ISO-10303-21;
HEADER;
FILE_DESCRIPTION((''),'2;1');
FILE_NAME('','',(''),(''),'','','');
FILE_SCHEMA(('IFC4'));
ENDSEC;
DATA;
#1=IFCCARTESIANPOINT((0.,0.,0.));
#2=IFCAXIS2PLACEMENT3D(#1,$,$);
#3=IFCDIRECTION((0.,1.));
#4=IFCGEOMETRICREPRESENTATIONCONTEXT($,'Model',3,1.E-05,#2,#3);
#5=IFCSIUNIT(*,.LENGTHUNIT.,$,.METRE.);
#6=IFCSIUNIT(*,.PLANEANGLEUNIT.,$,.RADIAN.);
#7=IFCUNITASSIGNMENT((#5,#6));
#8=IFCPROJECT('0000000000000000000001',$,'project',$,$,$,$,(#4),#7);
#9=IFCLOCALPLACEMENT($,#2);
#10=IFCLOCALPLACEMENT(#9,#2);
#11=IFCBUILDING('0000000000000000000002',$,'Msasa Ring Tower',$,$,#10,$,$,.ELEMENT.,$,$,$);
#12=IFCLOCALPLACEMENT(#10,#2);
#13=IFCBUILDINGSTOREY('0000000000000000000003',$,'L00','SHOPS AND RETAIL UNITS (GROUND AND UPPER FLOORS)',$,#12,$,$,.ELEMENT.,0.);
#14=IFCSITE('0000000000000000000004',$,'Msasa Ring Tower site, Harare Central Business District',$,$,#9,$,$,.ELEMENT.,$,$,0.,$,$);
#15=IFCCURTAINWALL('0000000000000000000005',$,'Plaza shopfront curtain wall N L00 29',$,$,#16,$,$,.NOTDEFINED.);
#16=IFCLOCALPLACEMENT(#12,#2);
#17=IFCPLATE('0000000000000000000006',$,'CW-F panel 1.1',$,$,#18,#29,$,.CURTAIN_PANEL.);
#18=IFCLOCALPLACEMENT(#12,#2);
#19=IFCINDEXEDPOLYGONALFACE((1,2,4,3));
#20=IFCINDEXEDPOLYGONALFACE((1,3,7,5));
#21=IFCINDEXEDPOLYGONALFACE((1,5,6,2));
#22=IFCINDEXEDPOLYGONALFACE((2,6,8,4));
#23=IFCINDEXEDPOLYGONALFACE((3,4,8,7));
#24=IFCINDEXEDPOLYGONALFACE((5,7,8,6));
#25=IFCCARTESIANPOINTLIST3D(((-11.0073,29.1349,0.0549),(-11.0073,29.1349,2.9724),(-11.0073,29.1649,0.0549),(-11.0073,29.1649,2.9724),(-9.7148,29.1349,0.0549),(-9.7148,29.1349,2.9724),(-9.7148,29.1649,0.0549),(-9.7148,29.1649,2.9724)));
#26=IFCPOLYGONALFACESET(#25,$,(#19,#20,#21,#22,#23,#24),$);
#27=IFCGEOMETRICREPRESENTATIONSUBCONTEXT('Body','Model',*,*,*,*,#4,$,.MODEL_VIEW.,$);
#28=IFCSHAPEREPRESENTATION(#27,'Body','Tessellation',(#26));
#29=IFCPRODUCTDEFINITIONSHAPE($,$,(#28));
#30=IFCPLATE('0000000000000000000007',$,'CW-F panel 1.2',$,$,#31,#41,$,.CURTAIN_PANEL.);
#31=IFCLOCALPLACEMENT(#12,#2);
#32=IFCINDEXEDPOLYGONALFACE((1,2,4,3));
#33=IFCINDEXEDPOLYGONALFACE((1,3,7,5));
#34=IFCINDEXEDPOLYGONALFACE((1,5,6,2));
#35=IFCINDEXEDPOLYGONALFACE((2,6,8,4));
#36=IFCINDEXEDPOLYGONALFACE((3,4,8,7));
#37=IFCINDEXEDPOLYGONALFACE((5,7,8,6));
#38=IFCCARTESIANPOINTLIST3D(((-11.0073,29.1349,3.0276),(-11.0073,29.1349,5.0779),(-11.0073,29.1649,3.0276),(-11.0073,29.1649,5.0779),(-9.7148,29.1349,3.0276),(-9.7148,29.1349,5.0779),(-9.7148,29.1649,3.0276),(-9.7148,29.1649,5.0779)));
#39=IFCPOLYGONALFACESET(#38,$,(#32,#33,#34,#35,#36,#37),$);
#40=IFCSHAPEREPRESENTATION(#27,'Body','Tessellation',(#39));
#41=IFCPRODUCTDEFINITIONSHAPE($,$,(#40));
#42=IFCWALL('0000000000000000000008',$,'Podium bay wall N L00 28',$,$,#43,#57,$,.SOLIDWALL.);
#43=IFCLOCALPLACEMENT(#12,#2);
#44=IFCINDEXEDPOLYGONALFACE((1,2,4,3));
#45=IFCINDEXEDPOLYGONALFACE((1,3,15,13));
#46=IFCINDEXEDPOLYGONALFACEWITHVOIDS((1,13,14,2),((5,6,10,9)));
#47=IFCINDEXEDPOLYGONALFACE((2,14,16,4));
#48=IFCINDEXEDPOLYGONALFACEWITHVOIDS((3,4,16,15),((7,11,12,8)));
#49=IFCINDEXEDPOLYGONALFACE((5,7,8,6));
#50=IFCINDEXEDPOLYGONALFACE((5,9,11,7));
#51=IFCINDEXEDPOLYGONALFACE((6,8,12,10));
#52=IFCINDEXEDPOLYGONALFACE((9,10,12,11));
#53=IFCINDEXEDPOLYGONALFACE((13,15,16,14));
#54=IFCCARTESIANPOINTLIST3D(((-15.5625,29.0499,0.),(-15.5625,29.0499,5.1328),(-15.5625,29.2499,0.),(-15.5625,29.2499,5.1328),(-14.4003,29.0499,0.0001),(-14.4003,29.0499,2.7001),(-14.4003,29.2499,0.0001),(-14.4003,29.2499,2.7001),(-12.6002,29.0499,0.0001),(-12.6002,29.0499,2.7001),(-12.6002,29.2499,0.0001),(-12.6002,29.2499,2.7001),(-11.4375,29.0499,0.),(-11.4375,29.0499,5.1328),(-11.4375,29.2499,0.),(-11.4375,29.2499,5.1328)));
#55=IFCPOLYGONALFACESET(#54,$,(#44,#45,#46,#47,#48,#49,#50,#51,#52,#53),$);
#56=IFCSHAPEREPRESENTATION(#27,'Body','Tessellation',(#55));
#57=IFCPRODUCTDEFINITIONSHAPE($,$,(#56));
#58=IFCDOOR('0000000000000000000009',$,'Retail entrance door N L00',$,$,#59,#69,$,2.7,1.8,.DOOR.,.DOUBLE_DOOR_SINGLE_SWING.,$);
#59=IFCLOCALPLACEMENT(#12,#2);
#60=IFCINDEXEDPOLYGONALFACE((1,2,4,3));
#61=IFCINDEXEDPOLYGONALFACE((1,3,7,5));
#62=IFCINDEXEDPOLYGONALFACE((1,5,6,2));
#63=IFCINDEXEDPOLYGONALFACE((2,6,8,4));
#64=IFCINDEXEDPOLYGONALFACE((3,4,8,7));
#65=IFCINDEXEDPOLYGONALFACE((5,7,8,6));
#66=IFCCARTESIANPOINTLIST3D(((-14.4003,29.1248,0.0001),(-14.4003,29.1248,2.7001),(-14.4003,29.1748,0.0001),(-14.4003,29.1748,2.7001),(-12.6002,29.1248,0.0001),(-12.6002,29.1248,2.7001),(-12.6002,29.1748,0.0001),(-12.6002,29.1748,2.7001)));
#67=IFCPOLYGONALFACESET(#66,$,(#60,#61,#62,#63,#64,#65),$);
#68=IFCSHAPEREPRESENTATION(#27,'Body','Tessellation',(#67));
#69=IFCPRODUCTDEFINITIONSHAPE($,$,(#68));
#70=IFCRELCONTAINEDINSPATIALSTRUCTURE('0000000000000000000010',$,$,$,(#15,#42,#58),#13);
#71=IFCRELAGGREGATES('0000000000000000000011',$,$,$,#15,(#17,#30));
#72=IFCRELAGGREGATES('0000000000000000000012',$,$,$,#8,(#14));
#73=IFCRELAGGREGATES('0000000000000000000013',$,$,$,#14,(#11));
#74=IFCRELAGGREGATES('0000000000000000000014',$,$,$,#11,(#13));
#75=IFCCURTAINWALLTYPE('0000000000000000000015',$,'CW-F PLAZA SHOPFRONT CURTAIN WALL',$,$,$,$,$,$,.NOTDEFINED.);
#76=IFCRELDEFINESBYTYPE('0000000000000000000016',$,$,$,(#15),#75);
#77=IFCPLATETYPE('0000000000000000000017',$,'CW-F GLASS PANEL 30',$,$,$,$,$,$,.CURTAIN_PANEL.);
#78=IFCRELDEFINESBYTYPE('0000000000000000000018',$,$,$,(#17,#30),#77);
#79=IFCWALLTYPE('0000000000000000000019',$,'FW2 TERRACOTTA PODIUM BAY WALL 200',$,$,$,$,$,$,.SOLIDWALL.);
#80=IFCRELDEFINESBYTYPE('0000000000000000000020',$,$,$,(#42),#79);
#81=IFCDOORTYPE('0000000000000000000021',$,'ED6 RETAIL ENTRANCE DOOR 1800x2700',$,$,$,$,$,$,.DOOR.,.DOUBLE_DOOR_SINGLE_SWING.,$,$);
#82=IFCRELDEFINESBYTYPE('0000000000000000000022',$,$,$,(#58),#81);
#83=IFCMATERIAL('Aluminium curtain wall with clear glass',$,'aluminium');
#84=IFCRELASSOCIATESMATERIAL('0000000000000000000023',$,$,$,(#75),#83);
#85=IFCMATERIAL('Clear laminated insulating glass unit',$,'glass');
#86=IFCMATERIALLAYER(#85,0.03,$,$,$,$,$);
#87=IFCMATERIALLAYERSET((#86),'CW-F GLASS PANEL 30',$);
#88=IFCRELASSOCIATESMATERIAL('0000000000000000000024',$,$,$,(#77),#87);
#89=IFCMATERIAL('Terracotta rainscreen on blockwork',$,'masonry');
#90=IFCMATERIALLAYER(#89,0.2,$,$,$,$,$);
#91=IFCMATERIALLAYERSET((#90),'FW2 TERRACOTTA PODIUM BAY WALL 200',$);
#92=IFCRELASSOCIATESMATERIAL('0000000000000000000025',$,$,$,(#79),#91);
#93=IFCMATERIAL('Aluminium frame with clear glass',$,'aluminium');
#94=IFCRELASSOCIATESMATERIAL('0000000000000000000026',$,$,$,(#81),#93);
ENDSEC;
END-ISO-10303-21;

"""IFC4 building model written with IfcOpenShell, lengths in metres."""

from ifc_helpers import new_model, si_unit, direction, frame, frame_2d, origin, origin_2d, place, context, subcontext, project, spatial, rectangle, extrude, material, layer, layer_set, type_object, element, fill, aggregate, save


model = new_model("IFC4")

# Units and contexts
model_context = context("Model", 3, precision=1e-05, world=origin(), true_north=direction((0.0, 1.0)))
body_context = subcontext(model_context, "Body", "Model", "MODEL_VIEW")
ifc_project = project(units=[si_unit("LENGTHUNIT", "METRE"), si_unit("PLANEANGLEUNIT", "RADIAN")], contexts=[model_context])

# Site, building, storey
site_placement = place(None, origin())
site = spatial("IfcSite", under=ifc_project, at=site_placement, Name="Msasa Ring Tower site, Harare Central Business District", CompositionType="ELEMENT", RefElevation=0.0)
building_placement = place(site_placement, origin())
building = spatial("IfcBuilding", under=site, at=building_placement, Name="Msasa Ring Tower", CompositionType="ELEMENT")
storey_placement = place(building_placement, origin())
storey = spatial("IfcBuildingStorey", under=building, at=storey_placement, Name="L00", Description="SHOPS AND RETAIL UNITS (GROUND AND UPPER FLOORS)", CompositionType="ELEMENT", Elevation=0.0)

# Curtain wall
ifc_material_1 = material(Name="Aluminium curtain wall with clear glass", Category="aluminium")
curtain_wall_type = type_object("IfcCurtainWallType", Name="CW-F PLAZA SHOPFRONT CURTAIN WALL", PredefinedType="NOTDEFINED", material=ifc_material_1)
curtain_wall_1_placement = place(storey_placement, origin())
curtain_wall_1 = element("IfcCurtainWall", 1, at=curtain_wall_1_placement, inside=storey, type_object=curtain_wall_type, Name="Plaza shopfront curtain wall N L00 29", PredefinedType="NOTDEFINED")

# Plates
ifc_material_2 = material(Name="Clear laminated insulating glass unit", Category="glass")
ifc_layer_1 = layer(ifc_material_2, 0.03)
ifc_layer_set_1 = layer_set([ifc_layer_1], Name="CW-F GLASS PANEL 30")
plate_type = type_object("IfcPlateType", Name="CW-F GLASS PANEL 30", PredefinedType="CURTAIN_PANEL", material=ifc_layer_set_1)
plate_1_placement = place(storey_placement, frame((-10.3611, 29.1499, 0.0549), z_axis=(0.0, 0.0, 1.0), x_axis=(1.0, 0.0, 0.0)))
plate_1 = element("IfcPlate", 2, at=plate_1_placement, type_object=plate_type, Name="CW-F panel 1.1", PredefinedType="CURTAIN_PANEL", context=body_context, shape_type="SweptSolid", body=[
    extrude(rectangle(XDim=1.2925, YDim=0.03, at=origin_2d()), origin(), (0.0, 0.0, 1.0), 2.9175),
])
plate_2_placement = place(storey_placement, frame((-10.3611, 29.1499, 3.0276), z_axis=(0.0, 0.0, 1.0), x_axis=(1.0, 0.0, 0.0)))
plate_2 = element("IfcPlate", 3, at=plate_2_placement, type_object=plate_type, Name="CW-F panel 1.2", PredefinedType="CURTAIN_PANEL", context=body_context, shape_type="SweptSolid", body=[
    extrude(rectangle(XDim=1.2925, YDim=0.03, at=origin_2d()), origin(), (0.0, 0.0, 1.0), 2.0503),
])
aggregate(curtain_wall_1, [plate_1, plate_2])

# Wall, opening, door
ifc_material_3 = material(Name="Terracotta rainscreen on blockwork", Category="masonry")
ifc_layer_2 = layer(ifc_material_3, 0.2)
ifc_layer_set_2 = layer_set([ifc_layer_2], Name="FW2 TERRACOTTA PODIUM BAY WALL 200")
wall_type = type_object("IfcWallType", Name="FW2 TERRACOTTA PODIUM BAY WALL 200", PredefinedType="SOLIDWALL", material=ifc_layer_set_2)
wall_placement = place(storey_placement, frame((-15.5625, 29.1499, 0.0), z_axis=(0.0, 0.0, 1.0), x_axis=(1.0, 0.0, 0.0)))
wall = element("IfcWall", 4, at=wall_placement, inside=storey, type_object=wall_type, Name="Podium bay wall N L00 28", PredefinedType="SOLIDWALL", context=body_context, shape_type="SweptSolid", body=[
    extrude(rectangle(XDim=4.125, YDim=0.2, at=frame_2d((2.0625, 0.0))), origin(), (0.0, 0.0, 1.0), 5.1328),
])
opening_placement = place(wall_placement, frame((1.1624, 0.0, 0.0)))
opening = element("IfcOpeningElement", 5, at=opening_placement, cuts=wall, PredefinedType="OPENING", context=body_context, shape_type="SweptSolid", body=[
    extrude(rectangle(XDim=1.8, YDim=2.7, at=frame_2d((0.8999, 1.3501))), frame((0.0, 0.1099, 0.0), z_axis=(0.0, -1.0, 0.0), x_axis=(1.0, 0.0, 0.0)), (0.0, 0.0, 1.0), 0.22),
])
ifc_material_4 = material(Name="Aluminium frame with clear glass", Category="aluminium")
door_type = type_object("IfcDoorType", Name="ED6 RETAIL ENTRANCE DOOR 1800x2700", OperationType="DOUBLE_DOOR_SINGLE_SWING", PredefinedType="DOOR", material=ifc_material_4)
door_placement = place(opening_placement, origin())
door = element("IfcDoor", 6, at=door_placement, inside=storey, type_object=door_type, Name="Retail entrance door N L00", OperationType="DOUBLE_DOOR_SINGLE_SWING", OverallHeight=2.7, OverallWidth=1.8, PredefinedType="DOOR", context=body_context, shape_type="SweptSolid", body=[
    extrude(rectangle(XDim=1.8, YDim=2.7, at=frame_2d((0.8999, 1.3501))), frame((0.0, 0.0249, 0.0), z_axis=(0.0, -1.0, 0.0), x_axis=(1.0, 0.0, 0.0)), (0.0, 0.0, 1.0), 0.05),
])
fill(opening, door)

save(model, "model.ifc")
